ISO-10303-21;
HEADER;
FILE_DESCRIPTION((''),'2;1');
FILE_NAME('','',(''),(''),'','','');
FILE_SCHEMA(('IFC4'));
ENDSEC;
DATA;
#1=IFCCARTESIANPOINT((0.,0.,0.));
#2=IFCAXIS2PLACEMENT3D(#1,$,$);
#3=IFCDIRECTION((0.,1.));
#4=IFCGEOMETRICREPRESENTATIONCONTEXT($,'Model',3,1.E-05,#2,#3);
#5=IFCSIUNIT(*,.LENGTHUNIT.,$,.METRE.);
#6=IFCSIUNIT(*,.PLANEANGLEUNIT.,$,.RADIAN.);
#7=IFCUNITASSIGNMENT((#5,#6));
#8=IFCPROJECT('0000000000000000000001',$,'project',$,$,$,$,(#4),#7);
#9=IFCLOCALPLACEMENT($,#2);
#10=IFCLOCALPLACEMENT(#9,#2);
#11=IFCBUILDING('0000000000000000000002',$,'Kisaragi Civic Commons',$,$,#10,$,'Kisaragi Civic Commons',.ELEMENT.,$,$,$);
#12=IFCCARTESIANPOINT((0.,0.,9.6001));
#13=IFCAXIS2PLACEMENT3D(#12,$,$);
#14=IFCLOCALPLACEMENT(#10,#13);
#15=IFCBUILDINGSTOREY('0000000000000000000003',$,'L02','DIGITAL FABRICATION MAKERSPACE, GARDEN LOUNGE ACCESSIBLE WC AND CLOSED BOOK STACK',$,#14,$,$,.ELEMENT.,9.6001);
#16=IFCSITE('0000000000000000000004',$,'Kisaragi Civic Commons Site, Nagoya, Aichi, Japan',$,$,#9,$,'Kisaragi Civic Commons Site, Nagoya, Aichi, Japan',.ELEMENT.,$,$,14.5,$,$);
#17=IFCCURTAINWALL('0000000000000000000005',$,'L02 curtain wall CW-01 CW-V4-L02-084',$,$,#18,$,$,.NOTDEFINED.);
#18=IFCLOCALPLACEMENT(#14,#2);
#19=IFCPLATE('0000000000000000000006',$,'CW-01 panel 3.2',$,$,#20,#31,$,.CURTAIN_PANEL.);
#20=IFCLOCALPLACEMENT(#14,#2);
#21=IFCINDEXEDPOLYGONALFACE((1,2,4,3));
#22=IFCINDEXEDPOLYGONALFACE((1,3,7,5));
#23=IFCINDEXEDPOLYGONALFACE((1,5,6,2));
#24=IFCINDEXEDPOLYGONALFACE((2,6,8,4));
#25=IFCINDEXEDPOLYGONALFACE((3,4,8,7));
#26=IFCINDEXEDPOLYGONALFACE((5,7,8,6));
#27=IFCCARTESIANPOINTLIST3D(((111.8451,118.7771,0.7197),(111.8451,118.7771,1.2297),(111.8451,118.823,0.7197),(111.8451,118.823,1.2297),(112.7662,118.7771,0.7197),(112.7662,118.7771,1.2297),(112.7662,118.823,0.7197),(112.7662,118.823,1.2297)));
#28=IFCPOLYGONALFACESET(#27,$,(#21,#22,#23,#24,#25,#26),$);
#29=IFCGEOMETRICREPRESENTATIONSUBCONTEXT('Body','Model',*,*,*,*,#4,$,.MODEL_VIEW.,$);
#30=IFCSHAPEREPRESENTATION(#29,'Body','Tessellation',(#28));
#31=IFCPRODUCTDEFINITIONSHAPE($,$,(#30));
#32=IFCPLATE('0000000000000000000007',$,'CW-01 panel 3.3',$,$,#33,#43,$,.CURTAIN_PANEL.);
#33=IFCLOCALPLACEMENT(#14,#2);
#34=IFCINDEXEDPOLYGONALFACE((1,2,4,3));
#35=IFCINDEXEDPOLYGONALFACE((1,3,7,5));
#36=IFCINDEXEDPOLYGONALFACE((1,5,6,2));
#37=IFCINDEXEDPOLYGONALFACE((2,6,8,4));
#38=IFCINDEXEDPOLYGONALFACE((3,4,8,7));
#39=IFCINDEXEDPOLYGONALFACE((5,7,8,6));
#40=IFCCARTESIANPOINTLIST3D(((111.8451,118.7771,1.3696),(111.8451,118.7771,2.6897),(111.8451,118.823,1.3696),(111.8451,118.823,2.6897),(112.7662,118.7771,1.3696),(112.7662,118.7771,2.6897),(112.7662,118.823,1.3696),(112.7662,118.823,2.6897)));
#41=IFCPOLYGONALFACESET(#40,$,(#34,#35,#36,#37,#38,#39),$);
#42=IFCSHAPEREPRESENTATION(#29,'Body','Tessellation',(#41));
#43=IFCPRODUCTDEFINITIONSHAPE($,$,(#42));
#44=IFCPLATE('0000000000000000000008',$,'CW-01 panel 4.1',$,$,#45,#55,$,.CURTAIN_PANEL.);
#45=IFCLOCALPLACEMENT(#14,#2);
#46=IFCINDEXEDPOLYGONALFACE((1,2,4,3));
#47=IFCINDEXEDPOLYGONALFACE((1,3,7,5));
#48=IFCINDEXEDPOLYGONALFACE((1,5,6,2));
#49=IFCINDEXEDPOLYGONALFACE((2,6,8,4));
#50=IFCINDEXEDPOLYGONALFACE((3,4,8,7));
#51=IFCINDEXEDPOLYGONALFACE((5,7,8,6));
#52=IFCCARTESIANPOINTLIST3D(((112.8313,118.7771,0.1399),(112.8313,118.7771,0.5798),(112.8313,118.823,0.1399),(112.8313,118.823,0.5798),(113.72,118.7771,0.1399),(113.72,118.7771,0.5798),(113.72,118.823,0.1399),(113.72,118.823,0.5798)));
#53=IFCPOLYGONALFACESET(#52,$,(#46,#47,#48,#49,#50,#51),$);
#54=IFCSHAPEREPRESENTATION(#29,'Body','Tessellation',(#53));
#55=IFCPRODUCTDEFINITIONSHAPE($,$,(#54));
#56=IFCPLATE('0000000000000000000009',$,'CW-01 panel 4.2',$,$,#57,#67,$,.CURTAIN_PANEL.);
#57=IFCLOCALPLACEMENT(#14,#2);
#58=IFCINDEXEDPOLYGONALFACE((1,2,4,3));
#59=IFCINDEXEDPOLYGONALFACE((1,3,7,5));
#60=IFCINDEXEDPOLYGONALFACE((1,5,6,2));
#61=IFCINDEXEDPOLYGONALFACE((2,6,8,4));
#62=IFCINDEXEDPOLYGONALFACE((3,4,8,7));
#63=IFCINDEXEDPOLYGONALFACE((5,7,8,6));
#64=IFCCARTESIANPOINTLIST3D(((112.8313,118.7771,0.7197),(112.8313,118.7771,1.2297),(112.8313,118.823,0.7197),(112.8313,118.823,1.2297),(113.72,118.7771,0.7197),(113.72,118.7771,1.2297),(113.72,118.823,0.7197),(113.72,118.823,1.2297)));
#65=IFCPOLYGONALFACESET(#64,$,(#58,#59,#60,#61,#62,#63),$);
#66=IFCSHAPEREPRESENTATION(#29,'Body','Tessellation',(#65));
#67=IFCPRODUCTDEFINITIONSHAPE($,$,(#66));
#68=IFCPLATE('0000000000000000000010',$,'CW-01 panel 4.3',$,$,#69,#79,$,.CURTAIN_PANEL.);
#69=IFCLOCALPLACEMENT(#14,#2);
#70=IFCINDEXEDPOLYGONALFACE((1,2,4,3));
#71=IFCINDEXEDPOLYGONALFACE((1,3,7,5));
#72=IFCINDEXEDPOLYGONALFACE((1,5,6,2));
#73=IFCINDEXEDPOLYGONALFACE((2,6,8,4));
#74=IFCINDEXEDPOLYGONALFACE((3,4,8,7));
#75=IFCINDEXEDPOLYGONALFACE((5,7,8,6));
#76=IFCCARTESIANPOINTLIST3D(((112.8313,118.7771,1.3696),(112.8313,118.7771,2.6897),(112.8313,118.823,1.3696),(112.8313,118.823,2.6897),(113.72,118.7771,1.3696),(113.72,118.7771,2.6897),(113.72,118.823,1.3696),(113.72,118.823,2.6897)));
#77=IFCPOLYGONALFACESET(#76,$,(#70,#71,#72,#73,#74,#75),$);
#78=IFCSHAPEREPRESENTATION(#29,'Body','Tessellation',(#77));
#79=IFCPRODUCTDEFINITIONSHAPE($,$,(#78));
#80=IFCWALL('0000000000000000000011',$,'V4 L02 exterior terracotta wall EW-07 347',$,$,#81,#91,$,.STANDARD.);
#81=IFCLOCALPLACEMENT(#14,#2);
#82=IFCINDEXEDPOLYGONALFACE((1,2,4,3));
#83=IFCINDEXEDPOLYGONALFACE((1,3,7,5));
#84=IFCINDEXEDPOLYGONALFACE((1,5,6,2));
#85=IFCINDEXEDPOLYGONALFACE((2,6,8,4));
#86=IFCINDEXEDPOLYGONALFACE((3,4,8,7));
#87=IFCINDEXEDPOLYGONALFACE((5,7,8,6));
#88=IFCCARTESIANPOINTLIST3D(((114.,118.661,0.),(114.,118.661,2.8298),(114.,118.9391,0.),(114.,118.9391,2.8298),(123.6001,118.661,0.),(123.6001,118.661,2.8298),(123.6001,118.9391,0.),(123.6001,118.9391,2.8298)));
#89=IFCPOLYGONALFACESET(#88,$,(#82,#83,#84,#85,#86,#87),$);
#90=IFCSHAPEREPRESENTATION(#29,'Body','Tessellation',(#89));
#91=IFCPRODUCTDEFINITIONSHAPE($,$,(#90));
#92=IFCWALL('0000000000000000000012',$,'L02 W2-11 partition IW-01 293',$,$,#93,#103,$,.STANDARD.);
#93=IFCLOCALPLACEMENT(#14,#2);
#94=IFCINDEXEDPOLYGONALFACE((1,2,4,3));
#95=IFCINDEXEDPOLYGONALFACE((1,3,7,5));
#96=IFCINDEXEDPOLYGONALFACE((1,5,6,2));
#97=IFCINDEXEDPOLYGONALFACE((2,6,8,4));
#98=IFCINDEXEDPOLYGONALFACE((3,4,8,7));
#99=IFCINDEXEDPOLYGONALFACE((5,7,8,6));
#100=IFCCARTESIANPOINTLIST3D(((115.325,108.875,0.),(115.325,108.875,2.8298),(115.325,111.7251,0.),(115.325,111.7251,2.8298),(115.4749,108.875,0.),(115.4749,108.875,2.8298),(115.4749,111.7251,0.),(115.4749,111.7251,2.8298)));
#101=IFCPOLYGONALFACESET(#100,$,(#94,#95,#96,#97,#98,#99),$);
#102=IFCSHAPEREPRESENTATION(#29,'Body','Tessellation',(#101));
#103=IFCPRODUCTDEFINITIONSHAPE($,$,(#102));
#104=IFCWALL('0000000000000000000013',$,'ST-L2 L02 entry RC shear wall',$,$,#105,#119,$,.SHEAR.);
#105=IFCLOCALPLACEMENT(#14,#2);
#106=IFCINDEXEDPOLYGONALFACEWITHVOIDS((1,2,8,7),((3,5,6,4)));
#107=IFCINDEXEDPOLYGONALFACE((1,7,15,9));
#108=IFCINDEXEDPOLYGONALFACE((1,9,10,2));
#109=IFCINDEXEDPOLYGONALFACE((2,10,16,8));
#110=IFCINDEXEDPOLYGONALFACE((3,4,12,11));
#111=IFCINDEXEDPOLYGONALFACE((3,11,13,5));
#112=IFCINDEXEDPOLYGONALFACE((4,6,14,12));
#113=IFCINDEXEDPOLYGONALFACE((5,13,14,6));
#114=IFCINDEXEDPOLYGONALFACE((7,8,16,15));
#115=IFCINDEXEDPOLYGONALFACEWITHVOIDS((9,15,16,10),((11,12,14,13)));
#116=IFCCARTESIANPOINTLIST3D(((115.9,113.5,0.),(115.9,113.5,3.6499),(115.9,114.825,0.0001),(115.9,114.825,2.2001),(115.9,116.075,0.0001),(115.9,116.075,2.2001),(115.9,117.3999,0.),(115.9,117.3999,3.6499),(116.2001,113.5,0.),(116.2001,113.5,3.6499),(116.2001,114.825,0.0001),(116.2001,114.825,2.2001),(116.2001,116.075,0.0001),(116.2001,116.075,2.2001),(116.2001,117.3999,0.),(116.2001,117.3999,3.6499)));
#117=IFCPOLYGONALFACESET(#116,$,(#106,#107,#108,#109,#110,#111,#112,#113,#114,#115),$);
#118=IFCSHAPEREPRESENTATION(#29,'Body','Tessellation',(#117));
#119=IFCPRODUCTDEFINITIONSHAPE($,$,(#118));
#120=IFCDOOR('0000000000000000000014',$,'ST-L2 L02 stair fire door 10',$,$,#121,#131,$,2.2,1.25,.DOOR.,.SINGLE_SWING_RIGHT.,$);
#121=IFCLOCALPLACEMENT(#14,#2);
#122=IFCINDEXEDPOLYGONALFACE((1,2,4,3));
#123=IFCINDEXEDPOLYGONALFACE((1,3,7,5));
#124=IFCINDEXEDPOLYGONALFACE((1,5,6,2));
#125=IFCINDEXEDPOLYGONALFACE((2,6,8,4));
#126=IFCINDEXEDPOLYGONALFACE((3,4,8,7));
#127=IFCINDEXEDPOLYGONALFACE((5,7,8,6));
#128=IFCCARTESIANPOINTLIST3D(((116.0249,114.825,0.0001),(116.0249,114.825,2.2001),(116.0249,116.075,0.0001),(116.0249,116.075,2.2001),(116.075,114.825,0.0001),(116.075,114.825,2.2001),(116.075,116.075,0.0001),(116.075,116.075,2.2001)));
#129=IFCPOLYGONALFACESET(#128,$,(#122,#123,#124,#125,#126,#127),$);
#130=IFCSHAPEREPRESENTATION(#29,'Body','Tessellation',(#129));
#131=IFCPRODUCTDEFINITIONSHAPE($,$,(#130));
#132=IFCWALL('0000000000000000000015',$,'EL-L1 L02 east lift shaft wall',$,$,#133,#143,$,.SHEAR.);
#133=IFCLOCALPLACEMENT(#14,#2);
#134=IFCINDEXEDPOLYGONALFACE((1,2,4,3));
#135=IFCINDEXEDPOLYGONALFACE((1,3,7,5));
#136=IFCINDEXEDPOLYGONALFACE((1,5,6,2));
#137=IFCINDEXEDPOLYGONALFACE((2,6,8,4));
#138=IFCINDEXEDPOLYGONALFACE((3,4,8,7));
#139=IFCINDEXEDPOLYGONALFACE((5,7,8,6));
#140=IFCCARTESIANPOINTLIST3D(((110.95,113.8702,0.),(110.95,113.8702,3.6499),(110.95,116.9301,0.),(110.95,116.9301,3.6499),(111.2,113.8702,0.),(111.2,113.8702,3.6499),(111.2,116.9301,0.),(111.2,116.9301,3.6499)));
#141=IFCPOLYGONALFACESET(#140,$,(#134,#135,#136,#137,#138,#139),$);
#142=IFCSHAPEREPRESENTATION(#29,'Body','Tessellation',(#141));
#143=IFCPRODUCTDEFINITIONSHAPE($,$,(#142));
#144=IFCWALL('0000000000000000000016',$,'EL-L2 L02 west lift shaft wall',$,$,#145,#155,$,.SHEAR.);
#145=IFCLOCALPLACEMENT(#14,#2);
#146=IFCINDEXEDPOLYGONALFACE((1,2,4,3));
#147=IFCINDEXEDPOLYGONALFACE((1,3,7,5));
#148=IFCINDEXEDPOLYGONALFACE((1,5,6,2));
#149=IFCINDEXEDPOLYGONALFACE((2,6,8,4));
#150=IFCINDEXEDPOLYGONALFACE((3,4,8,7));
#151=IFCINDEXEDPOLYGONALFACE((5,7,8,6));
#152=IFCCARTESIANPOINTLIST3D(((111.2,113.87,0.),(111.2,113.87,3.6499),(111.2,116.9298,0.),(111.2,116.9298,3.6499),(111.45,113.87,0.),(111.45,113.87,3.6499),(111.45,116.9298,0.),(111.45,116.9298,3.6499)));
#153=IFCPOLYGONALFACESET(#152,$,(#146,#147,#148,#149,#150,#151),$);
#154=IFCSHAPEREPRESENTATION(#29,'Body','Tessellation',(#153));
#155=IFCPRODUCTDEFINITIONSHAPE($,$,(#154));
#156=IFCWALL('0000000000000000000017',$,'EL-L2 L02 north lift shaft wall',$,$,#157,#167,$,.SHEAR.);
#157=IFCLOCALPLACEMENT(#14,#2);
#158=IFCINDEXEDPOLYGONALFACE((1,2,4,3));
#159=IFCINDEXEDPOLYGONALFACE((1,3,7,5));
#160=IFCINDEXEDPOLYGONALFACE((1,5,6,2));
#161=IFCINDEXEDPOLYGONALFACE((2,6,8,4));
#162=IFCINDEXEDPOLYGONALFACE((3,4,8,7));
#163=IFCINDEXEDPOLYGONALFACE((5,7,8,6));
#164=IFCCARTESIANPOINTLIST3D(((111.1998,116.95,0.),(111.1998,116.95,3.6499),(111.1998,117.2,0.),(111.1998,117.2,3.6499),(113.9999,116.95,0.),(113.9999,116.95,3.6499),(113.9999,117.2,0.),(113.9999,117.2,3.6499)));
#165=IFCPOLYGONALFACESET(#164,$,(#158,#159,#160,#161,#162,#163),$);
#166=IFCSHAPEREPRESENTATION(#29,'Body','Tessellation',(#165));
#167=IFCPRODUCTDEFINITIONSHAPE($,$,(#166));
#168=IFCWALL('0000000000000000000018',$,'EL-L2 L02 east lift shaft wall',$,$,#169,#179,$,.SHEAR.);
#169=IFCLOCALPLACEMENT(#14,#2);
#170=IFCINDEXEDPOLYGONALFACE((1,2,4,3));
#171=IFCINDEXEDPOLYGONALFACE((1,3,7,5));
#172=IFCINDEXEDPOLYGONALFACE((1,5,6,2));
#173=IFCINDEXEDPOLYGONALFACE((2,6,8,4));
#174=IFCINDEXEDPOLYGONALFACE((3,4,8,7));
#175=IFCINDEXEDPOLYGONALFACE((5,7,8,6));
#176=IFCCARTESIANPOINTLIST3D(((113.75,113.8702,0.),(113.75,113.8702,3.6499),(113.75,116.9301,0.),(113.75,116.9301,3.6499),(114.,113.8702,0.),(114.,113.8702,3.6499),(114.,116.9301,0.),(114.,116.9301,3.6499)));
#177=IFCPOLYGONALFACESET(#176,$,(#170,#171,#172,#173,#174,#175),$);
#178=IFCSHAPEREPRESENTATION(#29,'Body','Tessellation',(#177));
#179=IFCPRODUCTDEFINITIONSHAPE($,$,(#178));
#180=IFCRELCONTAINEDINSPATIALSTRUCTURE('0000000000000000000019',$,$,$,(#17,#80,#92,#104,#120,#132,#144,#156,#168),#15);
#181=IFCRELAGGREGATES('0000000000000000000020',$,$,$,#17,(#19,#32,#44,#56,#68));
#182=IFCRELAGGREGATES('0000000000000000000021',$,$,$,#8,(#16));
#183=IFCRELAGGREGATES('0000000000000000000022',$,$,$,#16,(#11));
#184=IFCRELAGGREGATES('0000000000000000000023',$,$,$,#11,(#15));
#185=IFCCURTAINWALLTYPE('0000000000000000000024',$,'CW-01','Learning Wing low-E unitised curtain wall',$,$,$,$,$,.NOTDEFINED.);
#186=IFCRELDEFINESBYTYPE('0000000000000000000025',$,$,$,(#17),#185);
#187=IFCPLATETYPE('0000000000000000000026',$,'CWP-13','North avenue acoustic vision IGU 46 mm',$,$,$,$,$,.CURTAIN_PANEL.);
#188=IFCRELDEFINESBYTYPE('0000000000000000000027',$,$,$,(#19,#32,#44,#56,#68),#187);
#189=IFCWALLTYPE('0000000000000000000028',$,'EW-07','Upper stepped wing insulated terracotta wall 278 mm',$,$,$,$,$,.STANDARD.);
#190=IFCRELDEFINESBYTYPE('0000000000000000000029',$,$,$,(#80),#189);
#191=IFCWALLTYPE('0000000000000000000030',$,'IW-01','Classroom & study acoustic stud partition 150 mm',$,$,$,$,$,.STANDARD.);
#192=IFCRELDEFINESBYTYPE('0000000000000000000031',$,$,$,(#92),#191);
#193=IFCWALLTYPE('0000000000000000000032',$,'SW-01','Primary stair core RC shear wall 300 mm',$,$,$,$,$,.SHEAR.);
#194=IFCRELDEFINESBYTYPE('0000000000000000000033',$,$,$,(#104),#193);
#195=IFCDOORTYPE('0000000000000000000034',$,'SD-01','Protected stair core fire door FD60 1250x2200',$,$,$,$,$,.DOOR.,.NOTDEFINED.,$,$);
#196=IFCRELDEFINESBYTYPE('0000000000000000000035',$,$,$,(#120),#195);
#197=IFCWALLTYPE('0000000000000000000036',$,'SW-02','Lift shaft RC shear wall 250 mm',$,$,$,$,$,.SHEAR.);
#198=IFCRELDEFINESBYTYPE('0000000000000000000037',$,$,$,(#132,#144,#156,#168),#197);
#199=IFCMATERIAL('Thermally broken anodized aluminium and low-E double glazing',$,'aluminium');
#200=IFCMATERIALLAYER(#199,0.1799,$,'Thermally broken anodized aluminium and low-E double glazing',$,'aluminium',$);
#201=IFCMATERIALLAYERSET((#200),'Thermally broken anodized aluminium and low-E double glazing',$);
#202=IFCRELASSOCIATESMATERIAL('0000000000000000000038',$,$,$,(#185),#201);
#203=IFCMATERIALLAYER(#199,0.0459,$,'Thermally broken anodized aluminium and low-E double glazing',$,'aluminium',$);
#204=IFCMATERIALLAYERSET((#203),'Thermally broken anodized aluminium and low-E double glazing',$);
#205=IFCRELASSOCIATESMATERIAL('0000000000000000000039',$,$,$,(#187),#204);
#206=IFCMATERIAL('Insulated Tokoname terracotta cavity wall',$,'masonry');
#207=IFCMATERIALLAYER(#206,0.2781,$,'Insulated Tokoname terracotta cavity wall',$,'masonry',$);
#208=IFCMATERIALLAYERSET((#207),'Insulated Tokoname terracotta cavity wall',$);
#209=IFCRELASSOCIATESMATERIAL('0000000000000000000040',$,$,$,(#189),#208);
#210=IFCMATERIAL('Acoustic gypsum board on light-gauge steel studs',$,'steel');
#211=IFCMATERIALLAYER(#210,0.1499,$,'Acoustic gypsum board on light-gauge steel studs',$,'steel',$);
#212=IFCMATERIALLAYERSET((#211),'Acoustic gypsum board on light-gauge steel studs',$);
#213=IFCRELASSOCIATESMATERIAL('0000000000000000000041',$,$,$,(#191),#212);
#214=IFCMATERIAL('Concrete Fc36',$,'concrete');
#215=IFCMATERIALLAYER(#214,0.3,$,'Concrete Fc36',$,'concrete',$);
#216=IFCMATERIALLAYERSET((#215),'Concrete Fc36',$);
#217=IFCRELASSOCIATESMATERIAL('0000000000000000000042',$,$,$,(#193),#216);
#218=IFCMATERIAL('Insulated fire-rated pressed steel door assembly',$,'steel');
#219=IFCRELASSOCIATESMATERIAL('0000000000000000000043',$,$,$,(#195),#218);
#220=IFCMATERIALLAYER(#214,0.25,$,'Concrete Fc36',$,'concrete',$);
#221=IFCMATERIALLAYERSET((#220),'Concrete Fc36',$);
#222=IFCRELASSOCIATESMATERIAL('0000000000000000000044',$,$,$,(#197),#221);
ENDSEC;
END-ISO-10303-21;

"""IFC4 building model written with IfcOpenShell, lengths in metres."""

from ifc_helpers import new_model, si_unit, direction, frame, frame_2d, origin, origin_2d, place, context, subcontext, project, spatial, rectangle, extrude, material, layer, layer_set, type_object, element, fill, aggregate, save


model = new_model("IFC4")

# Units and contexts
model_context = context("Model", 3, precision=1e-05, world=origin(), true_north=direction((0.0, 1.0)))
body_context = subcontext(model_context, "Body", "Model", "MODEL_VIEW")
ifc_project = project(units=[si_unit("LENGTHUNIT", "METRE"), si_unit("PLANEANGLEUNIT", "RADIAN")], contexts=[model_context])

# Site, building, storey
site_placement = place(None, origin())
site = spatial("IfcSite", under=ifc_project, at=site_placement, Name="Kisaragi Civic Commons Site, Nagoya, Aichi, Japan", LongName="Kisaragi Civic Commons Site, Nagoya, Aichi, Japan", CompositionType="ELEMENT", RefElevation=14.5)
building_placement = place(site_placement, origin())
building = spatial("IfcBuilding", under=site, at=building_placement, Name="Kisaragi Civic Commons", LongName="Kisaragi Civic Commons", CompositionType="ELEMENT")
storey_placement = place(building_placement, frame((0.0, 0.0, 9.6001)))
storey = spatial("IfcBuildingStorey", under=building, at=storey_placement, Name="L02", Description="DIGITAL FABRICATION MAKERSPACE, GARDEN LOUNGE ACCESSIBLE WC AND CLOSED BOOK STACK", CompositionType="ELEMENT", Elevation=9.6001)

# Shared definitions
ifc_material_1 = material(Name="Concrete Fc36", Category="concrete")

# Curtain wall, plates
ifc_material_2 = material(Name="Thermally broken anodized aluminium and low-E double glazing", Category="aluminium")
ifc_layer_1 = layer(ifc_material_2, 0.1799, Name="Thermally broken anodized aluminium and low-E double glazing", Category="aluminium")
ifc_layer_set_1 = layer_set([ifc_layer_1], Name="Thermally broken anodized aluminium and low-E double glazing")
curtain_wall_type = type_object("IfcCurtainWallType", Name="CW-01", Description="Learning Wing low-E unitised curtain wall", PredefinedType="NOTDEFINED", material=ifc_layer_set_1)
curtain_wall_placement = place(storey_placement, origin())
curtain_wall = element("IfcCurtainWall", 1, at=curtain_wall_placement, inside=storey, type_object=curtain_wall_type, Name="L02 curtain wall CW-01 CW-V4-L02-084", PredefinedType="NOTDEFINED")
ifc_layer_2 = layer(ifc_material_2, 0.0459, Name="Thermally broken anodized aluminium and low-E double glazing", Category="aluminium")
ifc_layer_set_2 = layer_set([ifc_layer_2], Name="Thermally broken anodized aluminium and low-E double glazing")
plate_type = type_object("IfcPlateType", Name="CWP-13", Description="North avenue acoustic vision IGU 46 mm", PredefinedType="CURTAIN_PANEL", material=ifc_layer_set_2)
plate_1_placement = place(storey_placement, frame((112.3057, 118.8, 0.7197), z_axis=(0.0, 0.0, 1.0), x_axis=(1.0, 0.0, 0.0)))
plate_1 = element("IfcPlate", 2, at=plate_1_placement, type_object=plate_type, Name="CW-01 panel 3.2", PredefinedType="CURTAIN_PANEL", context=body_context, shape_type="SweptSolid", body=[
    extrude(rectangle(XDim=0.9211, YDim=0.0459, at=origin_2d()), origin(), (0.0, 0.0, 1.0), 0.51),
])
plate_2_placement = place(storey_placement, frame((112.3057, 118.8, 1.3696), z_axis=(0.0, 0.0, 1.0), x_axis=(1.0, 0.0, 0.0)))
plate_2 = element("IfcPlate", 3, at=plate_2_placement, type_object=plate_type, Name="CW-01 panel 3.3", PredefinedType="CURTAIN_PANEL", context=body_context, shape_type="SweptSolid", body=[
    extrude(rectangle(XDim=0.9211, YDim=0.0459, at=origin_2d()), origin(), (0.0, 0.0, 1.0), 1.3201),
])
plate_3_placement = place(storey_placement, frame((113.2756, 118.8, 0.1399), z_axis=(0.0, 0.0, 1.0), x_axis=(1.0, 0.0, 0.0)))
plate_3 = element("IfcPlate", 4, at=plate_3_placement, type_object=plate_type, Name="CW-01 panel 4.1", PredefinedType="CURTAIN_PANEL", context=body_context, shape_type="SweptSolid", body=[
    extrude(rectangle(XDim=0.8887, YDim=0.0459, at=origin_2d()), origin(), (0.0, 0.0, 1.0), 0.4399),
])
plate_4_placement = place(storey_placement, frame((113.2756, 118.8, 0.7197), z_axis=(0.0, 0.0, 1.0), x_axis=(1.0, 0.0, 0.0)))
plate_4 = element("IfcPlate", 5, at=plate_4_placement, type_object=plate_type, Name="CW-01 panel 4.2", PredefinedType="CURTAIN_PANEL", context=body_context, shape_type="SweptSolid", body=[
    extrude(rectangle(XDim=0.8887, YDim=0.0459, at=origin_2d()), origin(), (0.0, 0.0, 1.0), 0.51),
])
plate_5_placement = place(storey_placement, frame((113.2756, 118.8, 1.3696), z_axis=(0.0, 0.0, 1.0), x_axis=(1.0, 0.0, 0.0)))
plate_5 = element("IfcPlate", 6, at=plate_5_placement, type_object=plate_type, Name="CW-01 panel 4.3", PredefinedType="CURTAIN_PANEL", context=body_context, shape_type="SweptSolid", body=[
    extrude(rectangle(XDim=0.8887, YDim=0.0459, at=origin_2d()), origin(), (0.0, 0.0, 1.0), 1.3201),
])
aggregate(curtain_wall, [plate_1, plate_2, plate_3, plate_4, plate_5])

# Walls
ifc_material_3 = material(Name="Insulated Tokoname terracotta cavity wall", Category="masonry")
ifc_layer_3 = layer(ifc_material_3, 0.2781, Name="Insulated Tokoname terracotta cavity wall", Category="masonry")
ifc_layer_set_3 = layer_set([ifc_layer_3], Name="Insulated Tokoname terracotta cavity wall")
wall_type_1 = type_object("IfcWallType", Name="EW-07", Description="Upper stepped wing insulated terracotta wall 278 mm", PredefinedType="STANDARD", material=ifc_layer_set_3)
wall_1_placement = place(storey_placement, frame((114.0, 118.8, 0.0), z_axis=(0.0, 0.0, 1.0), x_axis=(1.0, 0.0, 0.0)))
element("IfcWall", 7, at=wall_1_placement, inside=storey, type_object=wall_type_1, Name="V4 L02 exterior terracotta wall EW-07 347", PredefinedType="STANDARD", context=body_context, shape_type="SweptSolid", body=[
    extrude(rectangle(XDim=9.6001, YDim=0.2781, at=frame_2d((4.8, 0.0))), origin(), (0.0, 0.0, 1.0), 2.8298),
])
ifc_material_4 = material(Name="Acoustic gypsum board on light-gauge steel studs", Category="steel")
ifc_layer_4 = layer(ifc_material_4, 0.1499, Name="Acoustic gypsum board on light-gauge steel studs", Category="steel")
ifc_layer_set_4 = layer_set([ifc_layer_4], Name="Acoustic gypsum board on light-gauge steel studs")
wall_type_2 = type_object("IfcWallType", Name="IW-01", Description="Classroom & study acoustic stud partition 150 mm", PredefinedType="STANDARD", material=ifc_layer_set_4)
wall_2_placement = place(storey_placement, frame((115.3999, 111.7251, 0.0), z_axis=(0.0, 0.0, 1.0), x_axis=(0.0, -1.0, 0.0)))
element("IfcWall", 8, at=wall_2_placement, inside=storey, type_object=wall_type_2, Name="L02 W2-11 partition IW-01 293", PredefinedType="STANDARD", context=body_context, shape_type="SweptSolid", body=[
    extrude(rectangle(XDim=2.8501, YDim=0.1499, at=frame_2d((1.425, 0.0))), origin(), (0.0, 0.0, 1.0), 2.8298),
])

# Wall, opening, door
ifc_layer_5 = layer(ifc_material_1, 0.3, Name="Concrete Fc36", Category="concrete")
ifc_layer_set_5 = layer_set([ifc_layer_5], Name="Concrete Fc36")
wall_type_3 = type_object("IfcWallType", Name="SW-01", Description="Primary stair core RC shear wall 300 mm", PredefinedType="SHEAR", material=ifc_layer_set_5)
wall_3_placement = place(storey_placement, frame((116.05, 117.3999, 0.0), z_axis=(0.0, 0.0, 1.0), x_axis=(0.0, -1.0, 0.0)))
wall_3 = element("IfcWall", 9, at=wall_3_placement, inside=storey, type_object=wall_type_3, Name="ST-L2 L02 entry RC shear wall", PredefinedType="SHEAR", context=body_context, shape_type="SweptSolid", body=[
    extrude(rectangle(XDim=3.8999, YDim=0.3, at=frame_2d((1.95, 0.0))), origin(), (0.0, 0.0, 1.0), 3.6499),
])
opening_1_placement = place(wall_3_placement, frame((1.325, 0.0, 0.0)))
opening_1 = element("IfcOpeningElement", 10, at=opening_1_placement, cuts=wall_3, PredefinedType="OPENING", context=body_context, shape_type="SweptSolid", body=[
    extrude(rectangle(XDim=1.25, YDim=2.2, at=frame_2d((0.625, 1.1001))), frame((0.0, 0.1599, 0.0), z_axis=(0.0, -1.0, 0.0), x_axis=(1.0, 0.0, 0.0)), (0.0, 0.0, 1.0), 0.3201),
])
ifc_material_5 = material(Name="Insulated fire-rated pressed steel door assembly", Category="steel")
door_type_1 = type_object("IfcDoorType", Name="SD-01", Description="Protected stair core fire door FD60 1250x2200", OperationType="NOTDEFINED", PredefinedType="DOOR", material=ifc_material_5)
door_1_placement = place(opening_1_placement, origin())
door_1 = element("IfcDoor", 11, at=door_1_placement, inside=storey, type_object=door_type_1, Name="ST-L2 L02 stair fire door 10", OperationType="SINGLE_SWING_RIGHT", OverallHeight=2.2, OverallWidth=1.25, PredefinedType="DOOR", context=body_context, shape_type="SweptSolid", body=[
    extrude(rectangle(XDim=1.25, YDim=2.2, at=frame_2d((0.625, 1.1001))), frame((0.0, 0.0249, 0.0), z_axis=(0.0, -1.0, 0.0), x_axis=(1.0, 0.0, 0.0)), (0.0, 0.0, 1.0), 0.05),
])
fill(opening_1, door_1)
ifc_layer_6 = layer(ifc_material_1, 0.25, Name="Concrete Fc36", Category="concrete")
ifc_layer_set_6 = layer_set([ifc_layer_6], Name="Concrete Fc36")
wall_type_4 = type_object("IfcWallType", Name="SW-02", Description="Lift shaft RC shear wall 250 mm", PredefinedType="SHEAR", material=ifc_layer_set_6)

# Wall
wall_4_placement = place(storey_placement, frame((111.075, 116.9299, 0.0), z_axis=(0.0, 0.0, 1.0), x_axis=(0.0, -1.0, 0.0)))
element("IfcWall", 12, at=wall_4_placement, inside=storey, type_object=wall_type_4, Name="EL-L1 L02 east lift shaft wall", PredefinedType="SHEAR", context=body_context, shape_type="SweptSolid", body=[
    extrude(rectangle(XDim=3.0598, YDim=0.25, at=frame_2d((1.5298, 0.0))), origin(), (0.0, 0.0, 1.0), 3.6499),
])

# Walls
wall_5_placement = place(storey_placement, frame((111.325, 113.8701, 0.0), z_axis=(0.0, 0.0, 1.0), x_axis=(0.0, 1.0, 0.0)))
element("IfcWall", 13, at=wall_5_placement, inside=storey, type_object=wall_type_4, Name="EL-L2 L02 west lift shaft wall", PredefinedType="SHEAR", context=body_context, shape_type="SweptSolid", body=[
    extrude(rectangle(XDim=3.0598, YDim=0.25, at=frame_2d((1.5298, 0.0))), origin(), (0.0, 0.0, 1.0), 3.6499),
])
wall_6_placement = place(storey_placement, frame((111.2, 117.075, 0.0), z_axis=(0.0, 0.0, 1.0), x_axis=(1.0, 0.0, 0.0)))
element("IfcWall", 14, at=wall_6_placement, inside=storey, type_object=wall_type_4, Name="EL-L2 L02 north lift shaft wall", PredefinedType="SHEAR", context=body_context, shape_type="SweptSolid", body=[
    extrude(rectangle(XDim=2.8, YDim=0.25, at=frame_2d((1.3999, 0.0))), origin(), (0.0, 0.0, 1.0), 3.6499),
])
wall_7_placement = place(storey_placement, frame((113.875, 116.9299, 0.0), z_axis=(0.0, 0.0, 1.0), x_axis=(0.0, -1.0, 0.0)))
element("IfcWall", 15, at=wall_7_placement, inside=storey, type_object=wall_type_4, Name="EL-L2 L02 east lift shaft wall", PredefinedType="SHEAR", context=body_context, shape_type="SweptSolid", body=[
    extrude(rectangle(XDim=3.0598, YDim=0.25, at=frame_2d((1.5298, 0.0))), origin(), (0.0, 0.0, 1.0), 3.6499),
])

save(model, "model.ifc")
